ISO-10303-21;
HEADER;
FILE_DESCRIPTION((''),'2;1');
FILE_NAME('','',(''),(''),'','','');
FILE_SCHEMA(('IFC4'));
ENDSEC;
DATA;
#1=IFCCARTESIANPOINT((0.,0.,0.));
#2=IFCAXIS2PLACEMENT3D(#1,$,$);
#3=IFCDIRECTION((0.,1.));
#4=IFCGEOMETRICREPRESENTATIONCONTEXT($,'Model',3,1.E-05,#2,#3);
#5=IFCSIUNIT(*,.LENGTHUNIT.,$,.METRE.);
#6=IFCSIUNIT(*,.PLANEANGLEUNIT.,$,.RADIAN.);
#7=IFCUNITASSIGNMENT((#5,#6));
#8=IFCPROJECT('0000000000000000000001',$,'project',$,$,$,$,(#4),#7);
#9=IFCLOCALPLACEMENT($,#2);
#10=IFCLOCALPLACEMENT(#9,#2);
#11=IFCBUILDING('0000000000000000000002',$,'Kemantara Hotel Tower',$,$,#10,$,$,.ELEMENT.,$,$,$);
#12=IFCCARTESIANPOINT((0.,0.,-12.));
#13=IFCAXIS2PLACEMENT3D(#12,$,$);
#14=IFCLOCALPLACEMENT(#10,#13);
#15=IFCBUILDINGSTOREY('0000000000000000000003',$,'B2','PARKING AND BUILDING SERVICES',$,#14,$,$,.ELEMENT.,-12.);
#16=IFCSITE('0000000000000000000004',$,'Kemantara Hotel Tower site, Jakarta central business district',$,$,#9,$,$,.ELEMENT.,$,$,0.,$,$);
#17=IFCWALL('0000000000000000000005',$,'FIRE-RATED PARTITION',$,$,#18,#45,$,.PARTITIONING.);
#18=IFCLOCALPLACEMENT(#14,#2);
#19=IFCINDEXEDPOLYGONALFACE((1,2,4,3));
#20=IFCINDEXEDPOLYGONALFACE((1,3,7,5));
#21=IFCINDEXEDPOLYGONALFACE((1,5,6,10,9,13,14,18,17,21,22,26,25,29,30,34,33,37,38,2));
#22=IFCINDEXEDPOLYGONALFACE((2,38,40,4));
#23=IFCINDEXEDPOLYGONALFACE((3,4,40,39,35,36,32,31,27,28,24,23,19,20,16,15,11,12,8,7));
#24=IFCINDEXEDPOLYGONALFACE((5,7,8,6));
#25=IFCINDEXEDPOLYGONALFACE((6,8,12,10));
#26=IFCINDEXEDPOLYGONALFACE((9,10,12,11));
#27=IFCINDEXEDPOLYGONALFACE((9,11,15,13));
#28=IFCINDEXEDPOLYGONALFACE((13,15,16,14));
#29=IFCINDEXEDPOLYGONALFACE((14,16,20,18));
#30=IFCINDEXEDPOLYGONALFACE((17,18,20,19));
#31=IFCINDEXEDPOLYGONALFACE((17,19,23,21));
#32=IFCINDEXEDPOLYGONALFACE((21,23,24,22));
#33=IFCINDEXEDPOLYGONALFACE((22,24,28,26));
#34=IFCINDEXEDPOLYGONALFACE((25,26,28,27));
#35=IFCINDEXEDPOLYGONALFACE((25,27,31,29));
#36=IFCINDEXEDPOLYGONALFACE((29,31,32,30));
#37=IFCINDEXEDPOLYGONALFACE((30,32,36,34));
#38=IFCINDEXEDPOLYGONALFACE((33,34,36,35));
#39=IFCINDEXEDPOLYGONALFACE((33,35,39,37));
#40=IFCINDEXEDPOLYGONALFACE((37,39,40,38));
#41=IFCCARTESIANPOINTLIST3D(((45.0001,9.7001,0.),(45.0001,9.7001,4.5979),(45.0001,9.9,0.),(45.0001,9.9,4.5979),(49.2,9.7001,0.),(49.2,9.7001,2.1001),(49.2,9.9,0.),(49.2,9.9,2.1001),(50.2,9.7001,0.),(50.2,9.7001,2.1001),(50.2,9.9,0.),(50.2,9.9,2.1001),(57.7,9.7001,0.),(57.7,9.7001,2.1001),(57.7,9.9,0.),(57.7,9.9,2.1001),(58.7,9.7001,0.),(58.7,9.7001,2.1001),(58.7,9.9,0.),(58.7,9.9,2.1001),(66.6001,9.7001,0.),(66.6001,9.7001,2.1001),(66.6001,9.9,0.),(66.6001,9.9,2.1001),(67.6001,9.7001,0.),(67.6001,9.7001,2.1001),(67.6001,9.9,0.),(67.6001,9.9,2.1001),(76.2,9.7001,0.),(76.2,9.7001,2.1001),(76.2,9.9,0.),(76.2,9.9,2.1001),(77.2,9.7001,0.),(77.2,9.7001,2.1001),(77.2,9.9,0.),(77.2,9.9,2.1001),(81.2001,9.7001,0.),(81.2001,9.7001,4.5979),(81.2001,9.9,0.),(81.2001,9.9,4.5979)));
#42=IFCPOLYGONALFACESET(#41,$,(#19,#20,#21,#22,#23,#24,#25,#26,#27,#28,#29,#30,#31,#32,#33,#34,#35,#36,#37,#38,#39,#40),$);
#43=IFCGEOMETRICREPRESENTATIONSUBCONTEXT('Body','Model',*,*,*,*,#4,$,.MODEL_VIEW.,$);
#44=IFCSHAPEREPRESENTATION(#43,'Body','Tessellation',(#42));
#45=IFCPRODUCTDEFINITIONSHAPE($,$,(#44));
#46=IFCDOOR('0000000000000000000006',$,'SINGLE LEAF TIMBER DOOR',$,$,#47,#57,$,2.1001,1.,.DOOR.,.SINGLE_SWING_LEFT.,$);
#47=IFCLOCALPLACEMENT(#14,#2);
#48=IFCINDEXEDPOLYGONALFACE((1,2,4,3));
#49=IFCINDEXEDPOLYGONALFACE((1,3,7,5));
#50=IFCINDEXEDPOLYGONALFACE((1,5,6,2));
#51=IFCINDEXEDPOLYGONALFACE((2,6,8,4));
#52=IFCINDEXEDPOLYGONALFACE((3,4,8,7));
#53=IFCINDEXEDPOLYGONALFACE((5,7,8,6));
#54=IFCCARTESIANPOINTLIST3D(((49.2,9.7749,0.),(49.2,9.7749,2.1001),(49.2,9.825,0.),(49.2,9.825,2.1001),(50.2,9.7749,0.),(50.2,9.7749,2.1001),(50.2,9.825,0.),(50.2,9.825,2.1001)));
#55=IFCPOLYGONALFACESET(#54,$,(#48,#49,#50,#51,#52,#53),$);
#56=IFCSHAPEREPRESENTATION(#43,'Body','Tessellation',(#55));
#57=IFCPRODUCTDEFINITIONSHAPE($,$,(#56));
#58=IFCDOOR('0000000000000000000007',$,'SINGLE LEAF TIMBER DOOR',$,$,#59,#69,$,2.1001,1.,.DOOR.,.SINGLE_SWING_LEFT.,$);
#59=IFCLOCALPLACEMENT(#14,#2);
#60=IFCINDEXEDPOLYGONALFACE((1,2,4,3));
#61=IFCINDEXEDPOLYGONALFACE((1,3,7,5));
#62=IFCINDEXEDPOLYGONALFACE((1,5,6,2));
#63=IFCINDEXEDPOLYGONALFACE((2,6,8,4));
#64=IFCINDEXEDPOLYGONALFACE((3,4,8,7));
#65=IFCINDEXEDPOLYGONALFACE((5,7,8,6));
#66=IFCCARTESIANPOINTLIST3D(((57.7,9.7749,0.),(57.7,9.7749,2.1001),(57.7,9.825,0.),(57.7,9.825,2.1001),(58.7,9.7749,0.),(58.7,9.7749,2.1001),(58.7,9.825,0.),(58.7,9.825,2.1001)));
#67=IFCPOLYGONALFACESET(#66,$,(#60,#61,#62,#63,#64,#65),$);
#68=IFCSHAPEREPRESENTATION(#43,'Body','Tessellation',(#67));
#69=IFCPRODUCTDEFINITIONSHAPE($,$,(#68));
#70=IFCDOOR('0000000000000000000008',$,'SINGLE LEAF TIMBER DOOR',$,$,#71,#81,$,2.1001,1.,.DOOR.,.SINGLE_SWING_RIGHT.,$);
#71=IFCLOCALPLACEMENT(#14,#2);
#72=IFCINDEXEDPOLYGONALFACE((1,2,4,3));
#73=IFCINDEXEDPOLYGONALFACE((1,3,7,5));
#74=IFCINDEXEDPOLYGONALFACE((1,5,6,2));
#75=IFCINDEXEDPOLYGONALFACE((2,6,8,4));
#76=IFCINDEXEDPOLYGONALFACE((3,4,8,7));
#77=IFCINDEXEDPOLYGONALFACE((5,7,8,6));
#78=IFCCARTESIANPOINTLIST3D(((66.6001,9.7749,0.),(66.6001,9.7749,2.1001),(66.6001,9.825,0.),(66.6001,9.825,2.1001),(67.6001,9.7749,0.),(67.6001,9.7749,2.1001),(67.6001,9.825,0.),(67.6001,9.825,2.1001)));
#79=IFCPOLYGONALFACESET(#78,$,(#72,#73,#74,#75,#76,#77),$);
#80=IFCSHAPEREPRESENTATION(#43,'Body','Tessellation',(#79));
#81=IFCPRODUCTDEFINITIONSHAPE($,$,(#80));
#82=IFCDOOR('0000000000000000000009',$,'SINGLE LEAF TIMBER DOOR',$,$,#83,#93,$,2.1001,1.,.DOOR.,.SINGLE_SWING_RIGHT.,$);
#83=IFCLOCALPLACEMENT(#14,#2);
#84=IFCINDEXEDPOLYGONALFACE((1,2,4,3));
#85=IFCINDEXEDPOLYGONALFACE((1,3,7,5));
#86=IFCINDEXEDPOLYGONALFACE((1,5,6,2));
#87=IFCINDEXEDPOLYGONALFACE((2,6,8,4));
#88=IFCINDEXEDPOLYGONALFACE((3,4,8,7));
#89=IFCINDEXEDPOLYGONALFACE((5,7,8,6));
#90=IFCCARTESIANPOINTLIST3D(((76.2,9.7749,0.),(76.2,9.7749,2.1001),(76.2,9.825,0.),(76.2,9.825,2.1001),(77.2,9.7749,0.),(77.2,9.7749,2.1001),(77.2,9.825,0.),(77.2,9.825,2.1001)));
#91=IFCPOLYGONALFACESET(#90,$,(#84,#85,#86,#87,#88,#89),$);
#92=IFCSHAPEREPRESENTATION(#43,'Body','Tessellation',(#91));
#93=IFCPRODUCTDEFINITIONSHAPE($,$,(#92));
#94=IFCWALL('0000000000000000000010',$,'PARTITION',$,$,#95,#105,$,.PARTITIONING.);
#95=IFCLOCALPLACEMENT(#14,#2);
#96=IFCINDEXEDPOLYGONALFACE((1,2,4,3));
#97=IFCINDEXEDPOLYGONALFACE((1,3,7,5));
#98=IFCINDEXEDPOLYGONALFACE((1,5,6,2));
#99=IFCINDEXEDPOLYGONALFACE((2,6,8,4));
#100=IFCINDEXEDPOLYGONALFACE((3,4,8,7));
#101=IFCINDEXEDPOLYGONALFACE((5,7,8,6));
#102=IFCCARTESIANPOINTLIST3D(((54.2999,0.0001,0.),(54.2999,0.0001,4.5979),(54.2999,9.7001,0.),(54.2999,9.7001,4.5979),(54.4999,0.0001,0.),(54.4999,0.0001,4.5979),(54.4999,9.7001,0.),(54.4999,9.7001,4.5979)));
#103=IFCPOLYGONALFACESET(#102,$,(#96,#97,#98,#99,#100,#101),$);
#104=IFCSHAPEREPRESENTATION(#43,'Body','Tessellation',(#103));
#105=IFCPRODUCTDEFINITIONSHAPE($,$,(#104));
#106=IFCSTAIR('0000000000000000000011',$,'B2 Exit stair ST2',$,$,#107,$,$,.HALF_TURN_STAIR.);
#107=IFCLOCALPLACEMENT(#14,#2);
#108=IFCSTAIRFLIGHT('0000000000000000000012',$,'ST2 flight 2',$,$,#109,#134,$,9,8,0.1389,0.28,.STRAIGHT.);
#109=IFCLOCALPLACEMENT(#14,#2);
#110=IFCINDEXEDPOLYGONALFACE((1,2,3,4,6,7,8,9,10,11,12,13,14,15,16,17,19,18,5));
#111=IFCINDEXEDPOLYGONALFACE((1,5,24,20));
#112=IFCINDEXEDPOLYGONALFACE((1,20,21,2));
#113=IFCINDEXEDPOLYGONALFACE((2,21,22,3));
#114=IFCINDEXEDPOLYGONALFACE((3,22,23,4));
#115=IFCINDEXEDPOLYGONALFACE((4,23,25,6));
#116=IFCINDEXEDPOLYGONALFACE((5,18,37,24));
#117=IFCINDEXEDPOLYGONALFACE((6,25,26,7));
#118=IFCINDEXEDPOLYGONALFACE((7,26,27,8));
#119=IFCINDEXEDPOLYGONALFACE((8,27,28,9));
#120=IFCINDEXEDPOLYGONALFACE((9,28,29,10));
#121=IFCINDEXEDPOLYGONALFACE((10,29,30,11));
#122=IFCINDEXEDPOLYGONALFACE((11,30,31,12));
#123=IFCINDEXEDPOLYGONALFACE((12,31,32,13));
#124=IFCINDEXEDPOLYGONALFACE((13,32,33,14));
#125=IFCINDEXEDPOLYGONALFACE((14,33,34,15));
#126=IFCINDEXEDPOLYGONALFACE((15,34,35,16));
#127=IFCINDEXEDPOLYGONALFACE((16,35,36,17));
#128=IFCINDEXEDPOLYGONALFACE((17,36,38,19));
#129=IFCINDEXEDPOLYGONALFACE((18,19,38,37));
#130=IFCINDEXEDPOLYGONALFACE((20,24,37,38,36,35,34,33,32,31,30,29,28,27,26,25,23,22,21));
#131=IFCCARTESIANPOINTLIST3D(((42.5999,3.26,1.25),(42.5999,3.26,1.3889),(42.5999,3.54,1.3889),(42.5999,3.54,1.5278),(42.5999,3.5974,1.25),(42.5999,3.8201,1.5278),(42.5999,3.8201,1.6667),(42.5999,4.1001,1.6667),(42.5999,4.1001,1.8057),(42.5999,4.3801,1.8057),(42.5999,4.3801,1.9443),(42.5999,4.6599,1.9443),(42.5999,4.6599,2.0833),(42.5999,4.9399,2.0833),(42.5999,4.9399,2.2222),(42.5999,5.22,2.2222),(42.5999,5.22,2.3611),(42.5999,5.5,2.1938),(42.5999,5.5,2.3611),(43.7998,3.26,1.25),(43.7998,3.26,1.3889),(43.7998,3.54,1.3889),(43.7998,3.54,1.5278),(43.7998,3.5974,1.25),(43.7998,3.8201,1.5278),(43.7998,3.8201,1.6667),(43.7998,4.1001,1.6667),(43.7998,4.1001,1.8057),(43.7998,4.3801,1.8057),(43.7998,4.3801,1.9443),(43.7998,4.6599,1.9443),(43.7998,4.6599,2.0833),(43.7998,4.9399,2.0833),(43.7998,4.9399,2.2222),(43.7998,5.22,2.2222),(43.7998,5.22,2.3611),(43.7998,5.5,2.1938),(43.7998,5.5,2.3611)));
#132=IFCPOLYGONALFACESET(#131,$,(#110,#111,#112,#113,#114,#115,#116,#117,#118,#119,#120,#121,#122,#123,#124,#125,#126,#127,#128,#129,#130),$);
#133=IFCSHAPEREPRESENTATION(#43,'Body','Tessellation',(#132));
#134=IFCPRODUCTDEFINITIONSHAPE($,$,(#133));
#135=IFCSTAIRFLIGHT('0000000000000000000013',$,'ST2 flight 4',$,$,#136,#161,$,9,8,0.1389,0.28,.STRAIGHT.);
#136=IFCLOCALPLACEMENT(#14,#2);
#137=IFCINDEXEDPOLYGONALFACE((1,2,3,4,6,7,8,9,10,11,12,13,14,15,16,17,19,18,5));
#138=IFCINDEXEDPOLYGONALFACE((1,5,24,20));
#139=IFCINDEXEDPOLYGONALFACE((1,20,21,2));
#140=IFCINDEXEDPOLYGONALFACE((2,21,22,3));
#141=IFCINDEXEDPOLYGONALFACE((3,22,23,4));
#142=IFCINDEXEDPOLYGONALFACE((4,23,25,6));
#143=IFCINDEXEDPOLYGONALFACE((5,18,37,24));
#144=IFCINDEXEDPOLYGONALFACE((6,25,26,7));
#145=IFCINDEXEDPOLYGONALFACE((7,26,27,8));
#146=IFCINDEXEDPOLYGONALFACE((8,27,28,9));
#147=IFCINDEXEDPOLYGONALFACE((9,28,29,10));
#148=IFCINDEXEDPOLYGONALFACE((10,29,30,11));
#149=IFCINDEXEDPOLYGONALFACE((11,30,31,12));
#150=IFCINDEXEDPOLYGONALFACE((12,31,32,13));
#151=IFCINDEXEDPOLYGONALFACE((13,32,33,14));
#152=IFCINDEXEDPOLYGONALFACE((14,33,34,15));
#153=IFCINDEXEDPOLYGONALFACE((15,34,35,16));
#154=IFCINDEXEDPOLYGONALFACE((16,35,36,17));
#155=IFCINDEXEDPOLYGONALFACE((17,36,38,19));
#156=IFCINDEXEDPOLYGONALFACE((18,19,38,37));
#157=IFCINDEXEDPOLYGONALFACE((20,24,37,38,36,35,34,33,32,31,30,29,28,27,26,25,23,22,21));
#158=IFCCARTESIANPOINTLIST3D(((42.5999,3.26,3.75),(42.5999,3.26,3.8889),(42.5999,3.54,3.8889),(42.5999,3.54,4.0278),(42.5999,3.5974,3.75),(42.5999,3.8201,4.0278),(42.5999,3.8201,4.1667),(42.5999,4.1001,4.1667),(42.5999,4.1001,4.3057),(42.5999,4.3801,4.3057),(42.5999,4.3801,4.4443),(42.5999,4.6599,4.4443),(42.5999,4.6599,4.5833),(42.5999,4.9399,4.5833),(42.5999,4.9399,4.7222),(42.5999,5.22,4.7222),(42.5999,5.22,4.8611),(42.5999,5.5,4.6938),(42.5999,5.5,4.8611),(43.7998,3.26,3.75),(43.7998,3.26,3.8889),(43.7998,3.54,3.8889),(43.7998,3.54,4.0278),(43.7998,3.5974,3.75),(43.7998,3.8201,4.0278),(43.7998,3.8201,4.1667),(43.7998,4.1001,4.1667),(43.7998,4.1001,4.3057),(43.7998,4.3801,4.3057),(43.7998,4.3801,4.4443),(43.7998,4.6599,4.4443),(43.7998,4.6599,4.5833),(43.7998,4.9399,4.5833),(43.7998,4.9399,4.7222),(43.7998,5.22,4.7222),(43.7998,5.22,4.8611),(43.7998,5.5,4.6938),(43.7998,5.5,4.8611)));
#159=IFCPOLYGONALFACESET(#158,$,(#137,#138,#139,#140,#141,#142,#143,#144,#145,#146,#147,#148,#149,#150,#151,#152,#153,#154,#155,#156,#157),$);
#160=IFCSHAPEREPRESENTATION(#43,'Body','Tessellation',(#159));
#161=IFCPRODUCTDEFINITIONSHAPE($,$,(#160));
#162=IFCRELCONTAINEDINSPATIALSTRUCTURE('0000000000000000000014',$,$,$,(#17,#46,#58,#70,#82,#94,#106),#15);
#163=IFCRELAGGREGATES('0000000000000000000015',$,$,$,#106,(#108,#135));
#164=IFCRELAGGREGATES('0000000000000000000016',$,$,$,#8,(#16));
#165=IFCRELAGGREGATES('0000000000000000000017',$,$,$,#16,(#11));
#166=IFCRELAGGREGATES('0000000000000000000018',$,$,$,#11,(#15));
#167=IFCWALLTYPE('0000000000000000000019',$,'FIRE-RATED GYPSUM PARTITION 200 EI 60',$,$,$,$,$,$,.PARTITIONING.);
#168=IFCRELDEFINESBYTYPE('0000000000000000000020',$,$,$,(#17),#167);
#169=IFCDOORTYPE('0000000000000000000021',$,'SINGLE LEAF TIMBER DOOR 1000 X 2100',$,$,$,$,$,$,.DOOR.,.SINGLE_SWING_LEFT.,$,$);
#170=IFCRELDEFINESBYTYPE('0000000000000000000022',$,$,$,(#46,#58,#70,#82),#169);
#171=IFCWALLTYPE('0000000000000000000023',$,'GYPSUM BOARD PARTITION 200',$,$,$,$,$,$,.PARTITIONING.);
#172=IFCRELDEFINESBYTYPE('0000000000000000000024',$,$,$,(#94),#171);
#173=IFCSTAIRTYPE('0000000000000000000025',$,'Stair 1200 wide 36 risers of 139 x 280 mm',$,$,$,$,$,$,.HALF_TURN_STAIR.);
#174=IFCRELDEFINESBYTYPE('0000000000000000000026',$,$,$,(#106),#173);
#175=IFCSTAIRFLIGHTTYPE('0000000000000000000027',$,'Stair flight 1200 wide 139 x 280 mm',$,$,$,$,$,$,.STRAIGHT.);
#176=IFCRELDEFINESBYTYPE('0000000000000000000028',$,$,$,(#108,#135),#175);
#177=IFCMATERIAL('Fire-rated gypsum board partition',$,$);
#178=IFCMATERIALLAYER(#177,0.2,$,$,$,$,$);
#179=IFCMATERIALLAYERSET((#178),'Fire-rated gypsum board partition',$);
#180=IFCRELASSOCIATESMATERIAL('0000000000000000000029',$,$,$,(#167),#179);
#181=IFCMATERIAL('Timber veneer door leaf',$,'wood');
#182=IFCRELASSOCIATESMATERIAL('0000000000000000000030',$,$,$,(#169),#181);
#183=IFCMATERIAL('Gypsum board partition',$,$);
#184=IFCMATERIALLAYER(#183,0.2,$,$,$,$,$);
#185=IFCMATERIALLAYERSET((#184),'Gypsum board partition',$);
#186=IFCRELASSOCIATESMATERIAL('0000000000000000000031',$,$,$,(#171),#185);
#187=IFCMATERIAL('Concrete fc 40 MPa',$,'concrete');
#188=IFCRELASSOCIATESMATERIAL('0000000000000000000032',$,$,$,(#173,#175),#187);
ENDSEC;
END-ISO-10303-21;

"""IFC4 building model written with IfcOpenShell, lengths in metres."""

from ifc_helpers import new_model, si_unit, direction, frame, frame_2d, origin, place, context, subcontext, project, spatial, polyline, rectangle, outline, extrude, material, layer, layer_set, type_object, element, fill, aggregate, save


model = new_model("IFC4")

# Units and contexts
model_context = context("Model", 3, precision=1e-05, world=origin(), true_north=direction((0.0, 1.0)))
body_context = subcontext(model_context, "Body", "Model", "MODEL_VIEW")
ifc_project = project(units=[si_unit("LENGTHUNIT", "METRE"), si_unit("PLANEANGLEUNIT", "RADIAN")], contexts=[model_context])

# Site, building, storey
site_placement = place(None, origin())
site = spatial("IfcSite", under=ifc_project, at=site_placement, Name="Kemantara Hotel Tower site, Jakarta central business district", CompositionType="ELEMENT", RefElevation=0.0)
building_placement = place(site_placement, origin())
building = spatial("IfcBuilding", under=site, at=building_placement, Name="Kemantara Hotel Tower", CompositionType="ELEMENT")
storey_placement = place(building_placement, frame((0.0, 0.0, -12.0)))
storey = spatial("IfcBuildingStorey", under=building, at=storey_placement, Name="B2", Description="PARKING AND BUILDING SERVICES", CompositionType="ELEMENT", Elevation=-12.0)

# Shared definitions
ifc_material_1 = material(Name="Concrete fc 40 MPa", Category="concrete")

# Shared definitions
ifc_material_2 = material(Name="Fire-rated gypsum board partition")
ifc_layer_1 = layer(ifc_material_2, 0.2)
ifc_layer_set_1 = layer_set([ifc_layer_1], Name="Fire-rated gypsum board partition")
wall_type_1 = type_object("IfcWallType", Name="FIRE-RATED GYPSUM PARTITION 200 EI 60", PredefinedType="PARTITIONING", material=ifc_layer_set_1)

# Wall, openings, doors
wall_1_placement = place(storey_placement, frame((45.0, 9.8, 0.0), z_axis=(0.0, 0.0, 1.0), x_axis=(1.0, 0.0, 0.0)))
wall_1 = element("IfcWall", 1, at=wall_1_placement, inside=storey, type_object=wall_type_1, Name="FIRE-RATED PARTITION", PredefinedType="PARTITIONING", context=body_context, shape_type="SweptSolid", body=[
    extrude(rectangle(XDim=36.2, YDim=0.2, at=frame_2d((18.1001, 0.0))), origin(), (0.0, 0.0, 1.0), 4.5979),
])
opening_1_placement = place(wall_1_placement, frame((4.2, 0.0, 0.0)))
opening_1 = element("IfcOpeningElement", 2, at=opening_1_placement, cuts=wall_1, PredefinedType="OPENING", context=body_context, shape_type="SweptSolid", body=[
    extrude(rectangle(XDim=1.0, YDim=2.1001, at=frame_2d((0.5, 1.05))), frame((0.0, 0.1099, 0.0), z_axis=(0.0, -1.0, 0.0), x_axis=(1.0, 0.0, 0.0)), (0.0, 0.0, 1.0), 0.22),
])
opening_2_placement = place(wall_1_placement, frame((12.7, 0.0, 0.0)))
opening_2 = element("IfcOpeningElement", 3, at=opening_2_placement, cuts=wall_1, PredefinedType="OPENING", context=body_context, shape_type="SweptSolid", body=[
    extrude(rectangle(XDim=1.0, YDim=2.1001, at=frame_2d((0.5, 1.05))), frame((0.0, 0.1099, 0.0), z_axis=(0.0, -1.0, 0.0), x_axis=(1.0, 0.0, 0.0)), (0.0, 0.0, 1.0), 0.22),
])
opening_3_placement = place(wall_1_placement, frame((21.6001, 0.0, 0.0)))
opening_3 = element("IfcOpeningElement", 4, at=opening_3_placement, cuts=wall_1, PredefinedType="OPENING", context=body_context, shape_type="SweptSolid", body=[
    extrude(rectangle(XDim=1.0, YDim=2.1001, at=frame_2d((0.5, 1.05))), frame((0.0, 0.1099, 0.0), z_axis=(0.0, -1.0, 0.0), x_axis=(1.0, 0.0, 0.0)), (0.0, 0.0, 1.0), 0.22),
])
opening_4_placement = place(wall_1_placement, frame((31.2, 0.0, 0.0)))
opening_4 = element("IfcOpeningElement", 5, at=opening_4_placement, cuts=wall_1, PredefinedType="OPENING", context=body_context, shape_type="SweptSolid", body=[
    extrude(rectangle(XDim=1.0, YDim=2.1001, at=frame_2d((0.5, 1.05))), frame((0.0, 0.1099, 0.0), z_axis=(0.0, -1.0, 0.0), x_axis=(1.0, 0.0, 0.0)), (0.0, 0.0, 1.0), 0.22),
])
ifc_material_3 = material(Name="Timber veneer door leaf", Category="wood")
door_type_1 = type_object("IfcDoorType", Name="SINGLE LEAF TIMBER DOOR 1000 X 2100", OperationType="SINGLE_SWING_LEFT", PredefinedType="DOOR", material=ifc_material_3)
door_1_placement = place(opening_1_placement, origin())
door_1 = element("IfcDoor", 6, at=door_1_placement, inside=storey, type_object=door_type_1, Name="SINGLE LEAF TIMBER DOOR", OperationType="SINGLE_SWING_LEFT", OverallHeight=2.1001, OverallWidth=1.0, PredefinedType="DOOR", context=body_context, shape_type="SweptSolid", body=[
    extrude(rectangle(XDim=1.0, YDim=2.1001, at=frame_2d((0.5, 1.05))), frame((0.0, 0.0249, 0.0), z_axis=(0.0, -1.0, 0.0), x_axis=(1.0, 0.0, 0.0)), (0.0, 0.0, 1.0), 0.05),
])
fill(opening_1, door_1)
door_2_placement = place(opening_2_placement, origin())
door_2 = element("IfcDoor", 7, at=door_2_placement, inside=storey, type_object=door_type_1, Name="SINGLE LEAF TIMBER DOOR", OperationType="SINGLE_SWING_LEFT", OverallHeight=2.1001, OverallWidth=1.0, PredefinedType="DOOR", context=body_context, shape_type="SweptSolid", body=[
    extrude(rectangle(XDim=1.0, YDim=2.1001, at=frame_2d((0.5, 1.05))), frame((0.0, 0.0249, 0.0), z_axis=(0.0, -1.0, 0.0), x_axis=(1.0, 0.0, 0.0)), (0.0, 0.0, 1.0), 0.05),
])
fill(opening_2, door_2)
door_3_placement = place(opening_3_placement, origin())
door_3 = element("IfcDoor", 8, at=door_3_placement, inside=storey, type_object=door_type_1, Name="SINGLE LEAF TIMBER DOOR", OperationType="SINGLE_SWING_RIGHT", OverallHeight=2.1001, OverallWidth=1.0, PredefinedType="DOOR", context=body_context, shape_type="SweptSolid", body=[
    extrude(rectangle(XDim=1.0, YDim=2.1001, at=frame_2d((0.5, 1.05))), frame((0.0, 0.0249, 0.0), z_axis=(0.0, -1.0, 0.0), x_axis=(1.0, 0.0, 0.0)), (0.0, 0.0, 1.0), 0.05),
])
fill(opening_3, door_3)
door_4_placement = place(opening_4_placement, origin())
door_4 = element("IfcDoor", 9, at=door_4_placement, inside=storey, type_object=door_type_1, Name="SINGLE LEAF TIMBER DOOR", OperationType="SINGLE_SWING_RIGHT", OverallHeight=2.1001, OverallWidth=1.0, PredefinedType="DOOR", context=body_context, shape_type="SweptSolid", body=[
    extrude(rectangle(XDim=1.0, YDim=2.1001, at=frame_2d((0.5, 1.05))), frame((0.0, 0.0249, 0.0), z_axis=(0.0, -1.0, 0.0), x_axis=(1.0, 0.0, 0.0)), (0.0, 0.0, 1.0), 0.05),
])
fill(opening_4, door_4)

# Wall
ifc_material_4 = material(Name="Gypsum board partition")
ifc_layer_2 = layer(ifc_material_4, 0.2)
ifc_layer_set_2 = layer_set([ifc_layer_2], Name="Gypsum board partition")
wall_type_2 = type_object("IfcWallType", Name="GYPSUM BOARD PARTITION 200", PredefinedType="PARTITIONING", material=ifc_layer_set_2)
wall_2_placement = place(storey_placement, frame((54.3999, 0.0, 0.0), z_axis=(0.0, 0.0, 1.0), x_axis=(0.0, 1.0, 0.0)))
element("IfcWall", 10, at=wall_2_placement, inside=storey, type_object=wall_type_2, Name="PARTITION", PredefinedType="PARTITIONING", context=body_context, shape_type="SweptSolid", body=[
    extrude(rectangle(XDim=9.7, YDim=0.2, at=frame_2d((4.8501, 0.0))), origin(), (0.0, 0.0, 1.0), 4.5979),
])

# Stair, stair flights
stair_type = type_object("IfcStairType", Name="Stair 1200 wide 36 risers of 139 x 280 mm", PredefinedType="HALF_TURN_STAIR", material=ifc_material_1)
stair_placement = place(storey_placement, origin())
stair = element("IfcStair", 11, at=stair_placement, inside=storey, type_object=stair_type, Name="B2 Exit stair ST2", PredefinedType="HALF_TURN_STAIR")
stair_flight_type = type_object("IfcStairFlightType", Name="Stair flight 1200 wide 139 x 280 mm", PredefinedType="STRAIGHT", material=ifc_material_1)
stair_flight_1_placement = place(storey_placement, frame((43.2, 3.26, 1.25), z_axis=(0.0, 0.0, 1.0), x_axis=(0.0, 1.0, 0.0)))
stair_flight_1 = element("IfcStairFlight", 12, at=stair_flight_1_placement, type_object=stair_flight_type, Name="ST2 flight 2", NumberOfRisers=9, NumberOfTreads=8, PredefinedType="STRAIGHT", RiserHeight=0.1389, TreadLength=0.28, context=body_context, shape_type="SweptSolid", body=[
    extrude(outline(polyline([(0.0, 0.0), (0.0, 0.1389), (0.28, 0.1389), (0.28, 0.2778), (0.5601, 0.2778), (0.5601, 0.4167), (0.8401, 0.4167), (0.8401, 0.5557), (1.1201, 0.5557), (1.1201, 0.6943), (1.3999, 0.6943), (1.3999, 0.8333), (1.6799, 0.8333), (1.6799, 0.9722), (1.96, 0.9722), (1.96, 1.1111), (2.24, 1.1111), (2.24, 1.25), (2.24, 0.9438), (0.3374, 0.0), (0.0, 0.0)])), frame((0.0, 0.6001, 0.0), z_axis=(0.0, -1.0, 0.0), x_axis=(1.0, 0.0, 0.0)), (0.0, 0.0, 1.0), 1.2),
])
stair_flight_2_placement = place(storey_placement, frame((43.2, 3.26, 3.75), z_axis=(0.0, 0.0, 1.0), x_axis=(0.0, 1.0, 0.0)))
stair_flight_2 = element("IfcStairFlight", 13, at=stair_flight_2_placement, type_object=stair_flight_type, Name="ST2 flight 4", NumberOfRisers=9, NumberOfTreads=8, PredefinedType="STRAIGHT", RiserHeight=0.1389, TreadLength=0.28, context=body_context, shape_type="SweptSolid", body=[
    extrude(outline(polyline([(0.0, 0.0), (0.0, 0.1389), (0.28, 0.1389), (0.28, 0.2778), (0.5601, 0.2778), (0.5601, 0.4167), (0.8401, 0.4167), (0.8401, 0.5557), (1.1201, 0.5557), (1.1201, 0.6943), (1.3999, 0.6943), (1.3999, 0.8333), (1.6799, 0.8333), (1.6799, 0.9722), (1.96, 0.9722), (1.96, 1.1111), (2.24, 1.1111), (2.24, 1.25), (2.24, 0.9438), (0.3374, 0.0), (0.0, 0.0)])), frame((0.0, 0.6001, 0.0), z_axis=(0.0, -1.0, 0.0), x_axis=(1.0, 0.0, 0.0)), (0.0, 0.0, 1.0), 1.2),
])
aggregate(stair, [stair_flight_1, stair_flight_2])

save(model, "model.ifc")
